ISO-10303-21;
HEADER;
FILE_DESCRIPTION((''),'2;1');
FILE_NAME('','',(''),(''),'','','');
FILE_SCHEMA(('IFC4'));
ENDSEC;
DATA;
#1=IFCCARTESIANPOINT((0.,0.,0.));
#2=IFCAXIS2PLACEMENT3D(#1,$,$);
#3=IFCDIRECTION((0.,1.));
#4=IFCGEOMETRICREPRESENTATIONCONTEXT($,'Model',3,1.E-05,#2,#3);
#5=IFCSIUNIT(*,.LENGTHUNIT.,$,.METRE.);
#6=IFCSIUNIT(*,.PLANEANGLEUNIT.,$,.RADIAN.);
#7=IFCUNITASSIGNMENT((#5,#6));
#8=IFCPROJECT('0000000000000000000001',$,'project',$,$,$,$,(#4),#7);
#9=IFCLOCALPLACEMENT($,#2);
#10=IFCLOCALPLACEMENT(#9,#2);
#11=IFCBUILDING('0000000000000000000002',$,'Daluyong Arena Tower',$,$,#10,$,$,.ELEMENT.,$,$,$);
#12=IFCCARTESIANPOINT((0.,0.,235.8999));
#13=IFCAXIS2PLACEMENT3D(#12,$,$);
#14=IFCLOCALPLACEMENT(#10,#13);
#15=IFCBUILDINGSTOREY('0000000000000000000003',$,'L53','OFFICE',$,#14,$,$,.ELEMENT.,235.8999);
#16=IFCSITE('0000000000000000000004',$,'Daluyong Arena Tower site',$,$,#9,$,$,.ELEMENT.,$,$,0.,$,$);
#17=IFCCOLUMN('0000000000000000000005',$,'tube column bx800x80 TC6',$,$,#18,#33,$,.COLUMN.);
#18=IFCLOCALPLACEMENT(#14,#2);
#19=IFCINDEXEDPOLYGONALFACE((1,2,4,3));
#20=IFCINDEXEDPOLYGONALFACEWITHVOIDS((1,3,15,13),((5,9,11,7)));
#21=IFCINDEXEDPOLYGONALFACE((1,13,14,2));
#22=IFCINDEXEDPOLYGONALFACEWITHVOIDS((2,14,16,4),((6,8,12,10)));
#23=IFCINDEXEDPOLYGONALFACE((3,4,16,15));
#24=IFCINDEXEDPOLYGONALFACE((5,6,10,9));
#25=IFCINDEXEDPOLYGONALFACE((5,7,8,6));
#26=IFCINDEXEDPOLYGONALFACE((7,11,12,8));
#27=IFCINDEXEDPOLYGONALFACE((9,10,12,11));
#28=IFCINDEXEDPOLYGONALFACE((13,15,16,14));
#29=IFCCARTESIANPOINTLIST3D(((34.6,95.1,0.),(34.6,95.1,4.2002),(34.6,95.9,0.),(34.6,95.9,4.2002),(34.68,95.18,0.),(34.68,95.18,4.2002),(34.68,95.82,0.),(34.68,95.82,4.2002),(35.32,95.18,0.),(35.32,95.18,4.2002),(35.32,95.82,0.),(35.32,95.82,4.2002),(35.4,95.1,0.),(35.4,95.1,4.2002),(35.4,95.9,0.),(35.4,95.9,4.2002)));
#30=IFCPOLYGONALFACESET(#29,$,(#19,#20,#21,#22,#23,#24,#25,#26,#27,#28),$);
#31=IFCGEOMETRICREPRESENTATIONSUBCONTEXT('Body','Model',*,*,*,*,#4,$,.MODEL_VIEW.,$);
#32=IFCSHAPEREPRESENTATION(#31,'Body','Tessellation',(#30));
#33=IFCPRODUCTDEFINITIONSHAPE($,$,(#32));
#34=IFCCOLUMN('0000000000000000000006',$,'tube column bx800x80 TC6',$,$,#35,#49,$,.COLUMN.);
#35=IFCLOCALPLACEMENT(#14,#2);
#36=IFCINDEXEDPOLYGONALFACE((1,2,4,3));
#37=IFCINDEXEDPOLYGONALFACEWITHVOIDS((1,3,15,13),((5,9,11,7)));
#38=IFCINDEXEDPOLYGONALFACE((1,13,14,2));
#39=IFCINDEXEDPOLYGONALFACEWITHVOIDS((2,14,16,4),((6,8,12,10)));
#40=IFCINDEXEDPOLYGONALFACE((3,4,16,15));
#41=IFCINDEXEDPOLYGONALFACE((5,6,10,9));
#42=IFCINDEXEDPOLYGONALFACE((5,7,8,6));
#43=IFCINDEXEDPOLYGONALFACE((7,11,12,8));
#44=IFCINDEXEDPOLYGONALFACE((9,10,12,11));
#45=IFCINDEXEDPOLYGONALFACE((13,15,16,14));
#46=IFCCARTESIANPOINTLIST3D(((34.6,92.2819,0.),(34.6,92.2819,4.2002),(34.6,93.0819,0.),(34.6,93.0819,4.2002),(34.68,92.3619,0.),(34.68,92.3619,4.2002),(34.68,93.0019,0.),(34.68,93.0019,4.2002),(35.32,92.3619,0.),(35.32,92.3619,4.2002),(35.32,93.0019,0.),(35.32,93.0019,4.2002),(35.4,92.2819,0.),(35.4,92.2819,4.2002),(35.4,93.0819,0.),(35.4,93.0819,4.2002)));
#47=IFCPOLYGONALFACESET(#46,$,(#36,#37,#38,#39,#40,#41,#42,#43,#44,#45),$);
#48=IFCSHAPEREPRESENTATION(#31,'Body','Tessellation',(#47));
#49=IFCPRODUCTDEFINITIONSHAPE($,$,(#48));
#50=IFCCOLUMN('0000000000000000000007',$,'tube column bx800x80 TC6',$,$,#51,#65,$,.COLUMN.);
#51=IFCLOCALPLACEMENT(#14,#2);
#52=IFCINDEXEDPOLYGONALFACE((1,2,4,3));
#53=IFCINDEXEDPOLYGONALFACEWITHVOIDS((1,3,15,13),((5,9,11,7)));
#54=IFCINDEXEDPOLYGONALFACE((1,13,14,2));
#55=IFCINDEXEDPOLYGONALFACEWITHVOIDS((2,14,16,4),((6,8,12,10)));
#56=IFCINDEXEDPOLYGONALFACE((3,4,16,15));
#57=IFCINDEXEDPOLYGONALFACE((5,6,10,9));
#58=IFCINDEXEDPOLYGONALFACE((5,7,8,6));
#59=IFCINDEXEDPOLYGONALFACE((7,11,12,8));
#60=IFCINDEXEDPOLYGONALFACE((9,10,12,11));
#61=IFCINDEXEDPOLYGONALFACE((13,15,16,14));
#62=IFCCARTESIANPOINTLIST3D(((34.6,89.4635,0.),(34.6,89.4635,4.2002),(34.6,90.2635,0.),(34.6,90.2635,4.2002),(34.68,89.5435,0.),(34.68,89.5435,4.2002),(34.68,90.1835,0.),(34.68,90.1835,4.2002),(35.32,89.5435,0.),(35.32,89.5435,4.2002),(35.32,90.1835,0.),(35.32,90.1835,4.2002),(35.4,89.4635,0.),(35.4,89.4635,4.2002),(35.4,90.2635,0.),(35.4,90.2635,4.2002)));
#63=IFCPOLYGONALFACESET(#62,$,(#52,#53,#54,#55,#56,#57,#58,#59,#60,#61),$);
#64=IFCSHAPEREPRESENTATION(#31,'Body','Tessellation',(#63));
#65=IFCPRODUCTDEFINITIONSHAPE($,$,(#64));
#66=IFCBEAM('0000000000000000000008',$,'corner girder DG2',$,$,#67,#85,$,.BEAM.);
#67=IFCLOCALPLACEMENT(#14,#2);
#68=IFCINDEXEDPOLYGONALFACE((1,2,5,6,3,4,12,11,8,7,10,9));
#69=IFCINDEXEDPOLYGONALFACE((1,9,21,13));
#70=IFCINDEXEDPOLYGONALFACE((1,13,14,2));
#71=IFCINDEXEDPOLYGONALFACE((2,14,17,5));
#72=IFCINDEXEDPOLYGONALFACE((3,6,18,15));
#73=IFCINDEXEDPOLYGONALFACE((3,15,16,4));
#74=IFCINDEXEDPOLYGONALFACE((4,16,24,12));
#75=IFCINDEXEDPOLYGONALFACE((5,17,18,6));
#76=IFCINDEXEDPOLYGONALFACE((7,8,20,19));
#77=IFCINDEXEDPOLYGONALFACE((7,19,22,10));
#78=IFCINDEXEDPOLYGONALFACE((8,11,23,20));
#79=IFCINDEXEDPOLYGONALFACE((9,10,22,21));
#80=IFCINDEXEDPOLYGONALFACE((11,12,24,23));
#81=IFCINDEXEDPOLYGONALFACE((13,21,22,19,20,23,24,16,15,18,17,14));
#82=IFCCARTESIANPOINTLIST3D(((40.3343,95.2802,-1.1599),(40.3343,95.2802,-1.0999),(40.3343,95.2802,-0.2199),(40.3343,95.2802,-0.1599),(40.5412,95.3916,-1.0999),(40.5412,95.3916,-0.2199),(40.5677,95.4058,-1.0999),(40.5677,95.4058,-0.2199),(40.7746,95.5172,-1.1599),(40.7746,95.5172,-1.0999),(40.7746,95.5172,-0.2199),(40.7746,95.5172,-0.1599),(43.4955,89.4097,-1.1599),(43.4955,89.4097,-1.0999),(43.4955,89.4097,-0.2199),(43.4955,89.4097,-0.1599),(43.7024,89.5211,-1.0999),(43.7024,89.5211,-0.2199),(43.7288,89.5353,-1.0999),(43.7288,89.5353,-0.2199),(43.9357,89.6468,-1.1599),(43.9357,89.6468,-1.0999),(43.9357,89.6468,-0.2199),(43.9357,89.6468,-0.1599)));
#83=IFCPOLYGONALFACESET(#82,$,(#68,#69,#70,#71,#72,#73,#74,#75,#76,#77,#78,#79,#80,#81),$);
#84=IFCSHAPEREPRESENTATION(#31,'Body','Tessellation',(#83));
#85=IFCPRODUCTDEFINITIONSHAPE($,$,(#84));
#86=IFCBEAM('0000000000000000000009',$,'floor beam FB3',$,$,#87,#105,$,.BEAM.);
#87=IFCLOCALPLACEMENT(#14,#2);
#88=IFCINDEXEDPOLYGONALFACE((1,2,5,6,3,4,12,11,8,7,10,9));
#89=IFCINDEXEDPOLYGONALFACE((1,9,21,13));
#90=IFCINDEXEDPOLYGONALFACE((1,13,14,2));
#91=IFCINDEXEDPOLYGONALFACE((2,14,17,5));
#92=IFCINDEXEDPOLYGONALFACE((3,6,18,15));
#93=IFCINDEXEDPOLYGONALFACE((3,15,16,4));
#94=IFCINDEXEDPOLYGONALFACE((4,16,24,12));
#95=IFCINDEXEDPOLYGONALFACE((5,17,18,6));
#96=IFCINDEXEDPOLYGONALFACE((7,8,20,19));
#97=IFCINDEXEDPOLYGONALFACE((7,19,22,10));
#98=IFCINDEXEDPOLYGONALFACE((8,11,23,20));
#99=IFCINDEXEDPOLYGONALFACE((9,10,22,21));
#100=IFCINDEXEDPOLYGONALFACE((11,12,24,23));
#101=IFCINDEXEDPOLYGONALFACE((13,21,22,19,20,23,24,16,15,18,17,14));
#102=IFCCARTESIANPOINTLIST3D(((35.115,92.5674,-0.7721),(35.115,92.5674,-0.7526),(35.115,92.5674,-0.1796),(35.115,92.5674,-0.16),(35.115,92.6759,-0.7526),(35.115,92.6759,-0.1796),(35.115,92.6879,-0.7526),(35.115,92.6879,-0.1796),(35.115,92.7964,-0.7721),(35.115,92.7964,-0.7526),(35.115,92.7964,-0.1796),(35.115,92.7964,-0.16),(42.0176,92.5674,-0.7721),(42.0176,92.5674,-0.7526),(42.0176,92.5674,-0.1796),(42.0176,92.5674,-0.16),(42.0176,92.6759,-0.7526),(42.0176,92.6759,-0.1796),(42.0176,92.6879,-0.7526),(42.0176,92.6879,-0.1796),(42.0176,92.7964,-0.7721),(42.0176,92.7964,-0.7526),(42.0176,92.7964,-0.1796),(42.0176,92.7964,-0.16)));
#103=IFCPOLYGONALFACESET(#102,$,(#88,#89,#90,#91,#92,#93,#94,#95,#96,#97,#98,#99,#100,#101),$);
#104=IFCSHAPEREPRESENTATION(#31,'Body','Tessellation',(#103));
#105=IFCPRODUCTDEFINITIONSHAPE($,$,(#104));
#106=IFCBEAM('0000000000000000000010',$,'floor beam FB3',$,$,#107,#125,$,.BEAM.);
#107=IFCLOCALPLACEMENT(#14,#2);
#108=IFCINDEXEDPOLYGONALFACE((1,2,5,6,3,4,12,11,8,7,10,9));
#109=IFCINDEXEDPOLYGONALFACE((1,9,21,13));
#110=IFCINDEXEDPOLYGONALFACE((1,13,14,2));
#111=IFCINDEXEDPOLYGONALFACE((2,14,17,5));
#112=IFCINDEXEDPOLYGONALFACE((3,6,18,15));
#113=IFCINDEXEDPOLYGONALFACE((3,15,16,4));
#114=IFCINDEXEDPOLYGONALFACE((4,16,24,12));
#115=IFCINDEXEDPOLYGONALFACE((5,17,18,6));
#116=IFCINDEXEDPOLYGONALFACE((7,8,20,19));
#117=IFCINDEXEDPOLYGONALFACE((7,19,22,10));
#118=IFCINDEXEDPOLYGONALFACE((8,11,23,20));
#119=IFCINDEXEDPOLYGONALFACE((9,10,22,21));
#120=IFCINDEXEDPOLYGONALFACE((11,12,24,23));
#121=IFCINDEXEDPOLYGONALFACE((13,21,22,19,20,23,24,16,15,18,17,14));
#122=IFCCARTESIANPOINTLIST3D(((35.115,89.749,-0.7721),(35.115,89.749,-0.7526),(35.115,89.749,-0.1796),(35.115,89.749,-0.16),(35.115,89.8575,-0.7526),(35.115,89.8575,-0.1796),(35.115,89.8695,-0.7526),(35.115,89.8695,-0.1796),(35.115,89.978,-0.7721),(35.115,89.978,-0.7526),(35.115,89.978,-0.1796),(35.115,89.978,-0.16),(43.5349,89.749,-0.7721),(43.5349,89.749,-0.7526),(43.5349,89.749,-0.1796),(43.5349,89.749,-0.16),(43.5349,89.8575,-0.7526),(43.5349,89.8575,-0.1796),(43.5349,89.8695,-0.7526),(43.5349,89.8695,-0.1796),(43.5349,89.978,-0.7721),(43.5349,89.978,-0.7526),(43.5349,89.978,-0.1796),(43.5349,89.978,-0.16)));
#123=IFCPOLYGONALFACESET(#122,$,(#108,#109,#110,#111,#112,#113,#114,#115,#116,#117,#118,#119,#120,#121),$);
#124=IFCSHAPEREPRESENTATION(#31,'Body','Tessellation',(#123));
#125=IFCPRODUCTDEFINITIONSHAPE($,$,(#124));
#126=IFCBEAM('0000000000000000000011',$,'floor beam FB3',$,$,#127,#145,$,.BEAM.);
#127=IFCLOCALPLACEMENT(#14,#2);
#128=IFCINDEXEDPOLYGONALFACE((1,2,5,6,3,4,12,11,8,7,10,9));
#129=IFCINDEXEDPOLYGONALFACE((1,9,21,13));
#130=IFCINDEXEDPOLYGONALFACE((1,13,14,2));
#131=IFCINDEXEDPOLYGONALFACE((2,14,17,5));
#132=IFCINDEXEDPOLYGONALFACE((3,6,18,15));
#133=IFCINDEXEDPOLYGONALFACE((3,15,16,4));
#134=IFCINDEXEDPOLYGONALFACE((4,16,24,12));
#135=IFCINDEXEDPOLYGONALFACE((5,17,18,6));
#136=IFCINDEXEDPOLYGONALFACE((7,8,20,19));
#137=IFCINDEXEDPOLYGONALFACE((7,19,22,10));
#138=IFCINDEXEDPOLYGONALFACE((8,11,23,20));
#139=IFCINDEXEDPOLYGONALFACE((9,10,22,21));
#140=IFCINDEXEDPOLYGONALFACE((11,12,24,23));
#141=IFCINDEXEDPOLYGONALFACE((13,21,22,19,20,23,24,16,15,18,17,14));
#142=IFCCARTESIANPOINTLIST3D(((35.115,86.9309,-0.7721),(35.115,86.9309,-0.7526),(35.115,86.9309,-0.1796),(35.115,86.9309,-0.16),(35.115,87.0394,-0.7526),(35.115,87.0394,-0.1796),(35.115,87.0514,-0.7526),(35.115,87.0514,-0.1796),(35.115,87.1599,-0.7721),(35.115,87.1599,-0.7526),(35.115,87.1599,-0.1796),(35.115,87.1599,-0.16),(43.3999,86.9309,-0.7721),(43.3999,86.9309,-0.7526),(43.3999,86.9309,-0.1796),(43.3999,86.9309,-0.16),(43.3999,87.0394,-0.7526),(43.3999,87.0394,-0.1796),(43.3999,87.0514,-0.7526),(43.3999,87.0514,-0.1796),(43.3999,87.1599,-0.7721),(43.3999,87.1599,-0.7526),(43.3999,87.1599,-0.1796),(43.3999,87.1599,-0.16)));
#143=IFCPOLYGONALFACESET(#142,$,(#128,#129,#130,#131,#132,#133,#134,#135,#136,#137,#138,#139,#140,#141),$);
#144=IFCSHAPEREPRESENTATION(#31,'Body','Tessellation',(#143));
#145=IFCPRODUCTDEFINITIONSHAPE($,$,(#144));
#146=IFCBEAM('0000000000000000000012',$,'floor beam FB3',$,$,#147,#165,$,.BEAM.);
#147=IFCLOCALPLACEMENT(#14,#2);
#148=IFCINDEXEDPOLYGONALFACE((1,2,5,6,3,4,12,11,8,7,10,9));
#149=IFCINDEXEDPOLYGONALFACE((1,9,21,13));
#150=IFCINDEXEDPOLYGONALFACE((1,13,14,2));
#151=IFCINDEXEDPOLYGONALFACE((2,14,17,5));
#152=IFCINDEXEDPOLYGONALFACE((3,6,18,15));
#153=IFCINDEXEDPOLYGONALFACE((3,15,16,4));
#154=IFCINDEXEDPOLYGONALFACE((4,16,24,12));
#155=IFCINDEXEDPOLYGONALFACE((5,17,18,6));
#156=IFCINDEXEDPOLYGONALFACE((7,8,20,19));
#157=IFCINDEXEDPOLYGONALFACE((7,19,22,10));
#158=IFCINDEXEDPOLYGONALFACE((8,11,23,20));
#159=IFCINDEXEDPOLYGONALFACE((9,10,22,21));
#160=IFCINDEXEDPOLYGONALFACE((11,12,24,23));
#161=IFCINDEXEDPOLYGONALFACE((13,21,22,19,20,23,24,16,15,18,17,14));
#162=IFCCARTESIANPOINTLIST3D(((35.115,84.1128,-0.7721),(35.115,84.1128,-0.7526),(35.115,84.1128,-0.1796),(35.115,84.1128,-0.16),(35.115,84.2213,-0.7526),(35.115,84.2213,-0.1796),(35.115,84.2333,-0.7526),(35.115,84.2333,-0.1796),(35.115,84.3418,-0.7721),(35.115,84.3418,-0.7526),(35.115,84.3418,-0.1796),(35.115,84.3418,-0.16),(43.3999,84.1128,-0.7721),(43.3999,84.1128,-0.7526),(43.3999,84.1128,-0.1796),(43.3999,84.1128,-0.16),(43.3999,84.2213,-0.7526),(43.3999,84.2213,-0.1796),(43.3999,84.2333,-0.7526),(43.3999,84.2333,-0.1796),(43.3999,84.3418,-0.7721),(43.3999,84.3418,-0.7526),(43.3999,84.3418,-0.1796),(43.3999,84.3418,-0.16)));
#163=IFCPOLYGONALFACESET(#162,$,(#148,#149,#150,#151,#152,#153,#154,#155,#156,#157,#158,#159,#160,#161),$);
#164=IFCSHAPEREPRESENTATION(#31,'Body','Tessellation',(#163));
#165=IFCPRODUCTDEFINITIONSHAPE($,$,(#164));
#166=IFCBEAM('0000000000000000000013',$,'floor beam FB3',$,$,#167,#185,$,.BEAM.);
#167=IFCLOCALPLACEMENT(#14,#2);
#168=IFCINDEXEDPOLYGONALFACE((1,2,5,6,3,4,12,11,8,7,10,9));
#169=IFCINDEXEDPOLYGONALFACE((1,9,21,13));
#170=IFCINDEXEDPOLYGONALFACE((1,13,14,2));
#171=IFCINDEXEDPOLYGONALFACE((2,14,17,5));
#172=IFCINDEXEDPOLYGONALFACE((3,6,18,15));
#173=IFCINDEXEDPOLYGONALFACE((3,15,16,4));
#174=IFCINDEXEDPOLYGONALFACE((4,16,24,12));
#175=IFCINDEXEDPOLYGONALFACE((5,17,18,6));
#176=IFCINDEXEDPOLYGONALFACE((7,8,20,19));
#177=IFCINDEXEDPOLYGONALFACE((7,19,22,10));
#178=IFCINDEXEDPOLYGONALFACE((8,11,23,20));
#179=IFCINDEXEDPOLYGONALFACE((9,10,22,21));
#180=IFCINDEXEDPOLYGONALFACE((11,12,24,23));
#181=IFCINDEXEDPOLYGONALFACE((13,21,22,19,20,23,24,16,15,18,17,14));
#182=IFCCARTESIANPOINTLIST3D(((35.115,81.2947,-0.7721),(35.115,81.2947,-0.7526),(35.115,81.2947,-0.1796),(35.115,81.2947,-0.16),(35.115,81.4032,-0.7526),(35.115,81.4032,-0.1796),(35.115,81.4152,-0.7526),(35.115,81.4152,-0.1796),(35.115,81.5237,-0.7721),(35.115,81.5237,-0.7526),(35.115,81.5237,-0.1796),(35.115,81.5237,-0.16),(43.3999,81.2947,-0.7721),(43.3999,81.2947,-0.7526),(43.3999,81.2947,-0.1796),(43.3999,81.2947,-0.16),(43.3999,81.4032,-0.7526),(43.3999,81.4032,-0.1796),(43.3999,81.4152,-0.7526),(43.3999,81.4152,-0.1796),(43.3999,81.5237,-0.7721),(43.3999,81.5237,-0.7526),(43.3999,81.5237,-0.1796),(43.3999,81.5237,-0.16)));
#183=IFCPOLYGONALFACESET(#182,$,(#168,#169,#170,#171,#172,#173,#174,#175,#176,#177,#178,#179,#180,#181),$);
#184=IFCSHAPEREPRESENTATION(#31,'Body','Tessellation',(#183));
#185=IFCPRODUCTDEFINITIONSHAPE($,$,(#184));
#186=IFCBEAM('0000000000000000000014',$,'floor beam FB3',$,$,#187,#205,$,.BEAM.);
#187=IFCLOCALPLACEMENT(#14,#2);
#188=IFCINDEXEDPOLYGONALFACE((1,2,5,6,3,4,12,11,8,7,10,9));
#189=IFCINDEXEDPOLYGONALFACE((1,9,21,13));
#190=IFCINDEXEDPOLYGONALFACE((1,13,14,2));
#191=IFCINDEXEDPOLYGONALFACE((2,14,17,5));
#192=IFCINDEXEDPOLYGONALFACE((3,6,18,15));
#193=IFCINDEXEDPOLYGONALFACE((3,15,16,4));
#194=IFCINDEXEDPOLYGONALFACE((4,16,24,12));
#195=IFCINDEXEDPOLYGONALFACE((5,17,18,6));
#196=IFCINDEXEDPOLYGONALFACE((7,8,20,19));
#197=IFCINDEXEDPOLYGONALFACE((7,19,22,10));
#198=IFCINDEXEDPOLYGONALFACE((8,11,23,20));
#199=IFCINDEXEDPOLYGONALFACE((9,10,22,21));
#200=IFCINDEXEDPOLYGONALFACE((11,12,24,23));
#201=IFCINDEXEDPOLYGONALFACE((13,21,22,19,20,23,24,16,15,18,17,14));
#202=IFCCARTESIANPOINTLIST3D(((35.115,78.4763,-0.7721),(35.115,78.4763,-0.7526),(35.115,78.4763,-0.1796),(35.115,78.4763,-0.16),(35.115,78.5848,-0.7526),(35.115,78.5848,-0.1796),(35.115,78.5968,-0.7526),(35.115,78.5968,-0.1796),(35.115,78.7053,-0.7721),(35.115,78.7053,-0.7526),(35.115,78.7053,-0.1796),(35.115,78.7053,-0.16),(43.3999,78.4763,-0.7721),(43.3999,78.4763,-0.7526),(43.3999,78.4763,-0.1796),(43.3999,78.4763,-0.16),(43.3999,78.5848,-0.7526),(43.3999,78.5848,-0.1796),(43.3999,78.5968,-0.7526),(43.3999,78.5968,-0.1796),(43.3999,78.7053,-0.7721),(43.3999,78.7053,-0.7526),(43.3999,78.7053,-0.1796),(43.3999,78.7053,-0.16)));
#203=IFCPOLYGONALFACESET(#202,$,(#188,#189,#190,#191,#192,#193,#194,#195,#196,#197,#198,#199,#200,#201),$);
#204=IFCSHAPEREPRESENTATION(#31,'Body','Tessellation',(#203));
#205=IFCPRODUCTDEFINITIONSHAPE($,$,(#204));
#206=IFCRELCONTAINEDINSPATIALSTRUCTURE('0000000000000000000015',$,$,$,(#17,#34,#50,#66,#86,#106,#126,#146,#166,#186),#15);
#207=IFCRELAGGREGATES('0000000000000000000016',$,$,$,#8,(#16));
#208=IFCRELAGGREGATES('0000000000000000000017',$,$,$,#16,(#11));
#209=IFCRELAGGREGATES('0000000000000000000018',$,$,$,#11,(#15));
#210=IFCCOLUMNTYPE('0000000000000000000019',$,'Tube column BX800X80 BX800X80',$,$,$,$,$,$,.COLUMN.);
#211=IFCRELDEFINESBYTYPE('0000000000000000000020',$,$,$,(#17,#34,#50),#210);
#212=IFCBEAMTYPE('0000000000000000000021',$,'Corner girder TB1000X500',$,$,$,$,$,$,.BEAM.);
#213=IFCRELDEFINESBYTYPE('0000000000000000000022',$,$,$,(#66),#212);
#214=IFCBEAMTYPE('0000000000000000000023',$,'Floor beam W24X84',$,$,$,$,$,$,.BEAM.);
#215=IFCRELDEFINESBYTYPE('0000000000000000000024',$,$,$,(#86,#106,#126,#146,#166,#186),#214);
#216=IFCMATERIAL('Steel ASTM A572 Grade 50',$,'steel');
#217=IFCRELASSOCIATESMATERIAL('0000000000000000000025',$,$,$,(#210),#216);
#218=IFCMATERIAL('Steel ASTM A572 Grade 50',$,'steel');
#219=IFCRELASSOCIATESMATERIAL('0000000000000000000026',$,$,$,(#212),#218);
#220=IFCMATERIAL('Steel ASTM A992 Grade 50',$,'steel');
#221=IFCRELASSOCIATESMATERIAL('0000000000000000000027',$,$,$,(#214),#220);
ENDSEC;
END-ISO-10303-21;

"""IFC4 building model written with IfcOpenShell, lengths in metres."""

from ifc_helpers import new_model, si_unit, direction, frame, origin, origin_2d, place, context, subcontext, project, spatial, hollow_rectangle, i_section, extrude, material, material_profile, profile_set, type_object, element, save


model = new_model("IFC4")

# Units and contexts
model_context = context("Model", 3, precision=1e-05, world=origin(), true_north=direction((0.0, 1.0)))
body_context = subcontext(model_context, "Body", "Model", "MODEL_VIEW")
ifc_project = project(units=[si_unit("LENGTHUNIT", "METRE"), si_unit("PLANEANGLEUNIT", "RADIAN")], contexts=[model_context])

# Site, building, storey
site_placement = place(None, origin())
site = spatial("IfcSite", under=ifc_project, at=site_placement, Name="Daluyong Arena Tower site", CompositionType="ELEMENT", RefElevation=0.0)
building_placement = place(site_placement, origin())
building = spatial("IfcBuilding", under=site, at=building_placement, Name="Daluyong Arena Tower", CompositionType="ELEMENT")
storey_placement = place(building_placement, frame((0.0, 0.0, 235.8999)))
storey = spatial("IfcBuildingStorey", under=building, at=storey_placement, Name="L53", Description="OFFICE", CompositionType="ELEMENT", Elevation=235.8999)

# Columns
ifc_material_1 = material(Name="Steel ASTM A572 Grade 50", Category="steel")
ifc_material_profile_1 = material_profile(ifc_material_1, hollow_rectangle(XDim=0.8, YDim=0.8, WallThickness=0.08, at=origin_2d()))
ifc_profile_set_1 = profile_set([ifc_material_profile_1], Name="Steel ASTM A572 Grade 50")
column_type = type_object("IfcColumnType", Name="Tube column BX800X80 BX800X80", PredefinedType="COLUMN", material=ifc_profile_set_1)
for number, where, z_axis, x_axis, name in (
    (1, (35.0, 95.5, 0.0), (0.0, 0.0, 1.0), (0.0, 1.0, 0.0), "tube column bx800x80 TC6"),
    (2, (35.0, 92.6819, 0.0), (0.0, 0.0, 1.0), (0.0, 1.0, 0.0), "tube column bx800x80 TC6"),
    (3, (35.0, 89.8635, 0.0), (0.0, 0.0, 1.0), (0.0, 1.0, 0.0), "tube column bx800x80 TC6"),
):
    element("IfcColumn", number, at=place(storey_placement, frame(where, z_axis=z_axis, x_axis=x_axis)), inside=storey, type_object=column_type, Name=name, PredefinedType="COLUMN", context=body_context, shape_type="SweptSolid", body=[
        extrude(hollow_rectangle(XDim=0.8, YDim=0.8, WallThickness=0.08, at=origin_2d()), origin(), (0.0, 0.0, 1.0), 4.2002),
    ])

# Beams
ifc_material_2 = material(Name="Steel ASTM A572 Grade 50", Category="steel")
ifc_material_profile_2 = material_profile(ifc_material_2, i_section(OverallWidth=0.5, OverallDepth=1.0, WebThickness=0.03, FlangeThickness=0.06, at=origin_2d()))
ifc_profile_set_2 = profile_set([ifc_material_profile_2], Name="Steel ASTM A572 Grade 50")
beam_type_1 = type_object("IfcBeamType", Name="Corner girder TB1000X500", PredefinedType="BEAM", material=ifc_profile_set_2)
beam_1_placement = place(storey_placement, frame((40.5544, 95.3987, -0.6599), z_axis=(0.474119, -0.880461, 0.0), x_axis=(0.880461, 0.474119, 0.0)))
element("IfcBeam", 4, at=beam_1_placement, inside=storey, type_object=beam_type_1, Name="corner girder DG2", PredefinedType="BEAM", context=body_context, shape_type="SweptSolid", body=[
    extrude(i_section(OverallWidth=0.5, OverallDepth=1.0, WebThickness=0.03, FlangeThickness=0.06, at=origin_2d()), origin(), (0.0, 0.0, 1.0), 6.6675),
])
ifc_material_3 = material(Name="Steel ASTM A992 Grade 50", Category="steel")
ifc_material_profile_3 = material_profile(ifc_material_3, i_section(OverallWidth=0.229, OverallDepth=0.6121, WebThickness=0.012, FlangeThickness=0.0195, at=origin_2d()))
ifc_profile_set_3 = profile_set([ifc_material_profile_3], Name="Steel ASTM A992 Grade 50")
beam_type_2 = type_object("IfcBeamType", Name="Floor beam W24X84", PredefinedType="BEAM", material=ifc_profile_set_3)
beam_2_placement = place(storey_placement, frame((35.115, 92.6819, -0.4661), z_axis=(1.0, 0.0, 0.0), x_axis=(0.0, 1.0, 0.0)))
element("IfcBeam", 5, at=beam_2_placement, inside=storey, type_object=beam_type_2, Name="floor beam FB3", PredefinedType="BEAM", context=body_context, shape_type="SweptSolid", body=[
    extrude(i_section(OverallWidth=0.229, OverallDepth=0.6121, WebThickness=0.012, FlangeThickness=0.0195, at=origin_2d()), origin(), (0.0, 0.0, 1.0), 6.9026),
])
beam_3_placement = place(storey_placement, frame((35.115, 89.8635, -0.4661), z_axis=(1.0, 0.0, 0.0), x_axis=(0.0, 1.0, 0.0)))
element("IfcBeam", 6, at=beam_3_placement, inside=storey, type_object=beam_type_2, Name="floor beam FB3", PredefinedType="BEAM", context=body_context, shape_type="SweptSolid", body=[
    extrude(i_section(OverallWidth=0.229, OverallDepth=0.6121, WebThickness=0.012, FlangeThickness=0.0195, at=origin_2d()), origin(), (0.0, 0.0, 1.0), 8.4199),
])
for number, where, z_axis, x_axis, name in (
    (7, (35.115, 87.0454, -0.4661), (1.0, 0.0, 0.0), (0.0, 1.0, 0.0), "floor beam FB3"),
    (8, (35.115, 84.2273, -0.4661), (1.0, 0.0, 0.0), (0.0, 1.0, 0.0), "floor beam FB3"),
    (9, (35.115, 81.4092, -0.4661), (1.0, 0.0, 0.0), (0.0, 1.0, 0.0), "floor beam FB3"),
    (10, (35.115, 78.5908, -0.4661), (1.0, 0.0, 0.0), (0.0, 1.0, 0.0), "floor beam FB3"),
):
    element("IfcBeam", number, at=place(storey_placement, frame(where, z_axis=z_axis, x_axis=x_axis)), inside=storey, type_object=beam_type_2, Name=name, PredefinedType="BEAM", context=body_context, shape_type="SweptSolid", body=[
        extrude(i_section(OverallWidth=0.229, OverallDepth=0.6121, WebThickness=0.012, FlangeThickness=0.0195, at=origin_2d()), origin(), (0.0, 0.0, 1.0), 8.2849),
    ])

save(model, "model.ifc")
